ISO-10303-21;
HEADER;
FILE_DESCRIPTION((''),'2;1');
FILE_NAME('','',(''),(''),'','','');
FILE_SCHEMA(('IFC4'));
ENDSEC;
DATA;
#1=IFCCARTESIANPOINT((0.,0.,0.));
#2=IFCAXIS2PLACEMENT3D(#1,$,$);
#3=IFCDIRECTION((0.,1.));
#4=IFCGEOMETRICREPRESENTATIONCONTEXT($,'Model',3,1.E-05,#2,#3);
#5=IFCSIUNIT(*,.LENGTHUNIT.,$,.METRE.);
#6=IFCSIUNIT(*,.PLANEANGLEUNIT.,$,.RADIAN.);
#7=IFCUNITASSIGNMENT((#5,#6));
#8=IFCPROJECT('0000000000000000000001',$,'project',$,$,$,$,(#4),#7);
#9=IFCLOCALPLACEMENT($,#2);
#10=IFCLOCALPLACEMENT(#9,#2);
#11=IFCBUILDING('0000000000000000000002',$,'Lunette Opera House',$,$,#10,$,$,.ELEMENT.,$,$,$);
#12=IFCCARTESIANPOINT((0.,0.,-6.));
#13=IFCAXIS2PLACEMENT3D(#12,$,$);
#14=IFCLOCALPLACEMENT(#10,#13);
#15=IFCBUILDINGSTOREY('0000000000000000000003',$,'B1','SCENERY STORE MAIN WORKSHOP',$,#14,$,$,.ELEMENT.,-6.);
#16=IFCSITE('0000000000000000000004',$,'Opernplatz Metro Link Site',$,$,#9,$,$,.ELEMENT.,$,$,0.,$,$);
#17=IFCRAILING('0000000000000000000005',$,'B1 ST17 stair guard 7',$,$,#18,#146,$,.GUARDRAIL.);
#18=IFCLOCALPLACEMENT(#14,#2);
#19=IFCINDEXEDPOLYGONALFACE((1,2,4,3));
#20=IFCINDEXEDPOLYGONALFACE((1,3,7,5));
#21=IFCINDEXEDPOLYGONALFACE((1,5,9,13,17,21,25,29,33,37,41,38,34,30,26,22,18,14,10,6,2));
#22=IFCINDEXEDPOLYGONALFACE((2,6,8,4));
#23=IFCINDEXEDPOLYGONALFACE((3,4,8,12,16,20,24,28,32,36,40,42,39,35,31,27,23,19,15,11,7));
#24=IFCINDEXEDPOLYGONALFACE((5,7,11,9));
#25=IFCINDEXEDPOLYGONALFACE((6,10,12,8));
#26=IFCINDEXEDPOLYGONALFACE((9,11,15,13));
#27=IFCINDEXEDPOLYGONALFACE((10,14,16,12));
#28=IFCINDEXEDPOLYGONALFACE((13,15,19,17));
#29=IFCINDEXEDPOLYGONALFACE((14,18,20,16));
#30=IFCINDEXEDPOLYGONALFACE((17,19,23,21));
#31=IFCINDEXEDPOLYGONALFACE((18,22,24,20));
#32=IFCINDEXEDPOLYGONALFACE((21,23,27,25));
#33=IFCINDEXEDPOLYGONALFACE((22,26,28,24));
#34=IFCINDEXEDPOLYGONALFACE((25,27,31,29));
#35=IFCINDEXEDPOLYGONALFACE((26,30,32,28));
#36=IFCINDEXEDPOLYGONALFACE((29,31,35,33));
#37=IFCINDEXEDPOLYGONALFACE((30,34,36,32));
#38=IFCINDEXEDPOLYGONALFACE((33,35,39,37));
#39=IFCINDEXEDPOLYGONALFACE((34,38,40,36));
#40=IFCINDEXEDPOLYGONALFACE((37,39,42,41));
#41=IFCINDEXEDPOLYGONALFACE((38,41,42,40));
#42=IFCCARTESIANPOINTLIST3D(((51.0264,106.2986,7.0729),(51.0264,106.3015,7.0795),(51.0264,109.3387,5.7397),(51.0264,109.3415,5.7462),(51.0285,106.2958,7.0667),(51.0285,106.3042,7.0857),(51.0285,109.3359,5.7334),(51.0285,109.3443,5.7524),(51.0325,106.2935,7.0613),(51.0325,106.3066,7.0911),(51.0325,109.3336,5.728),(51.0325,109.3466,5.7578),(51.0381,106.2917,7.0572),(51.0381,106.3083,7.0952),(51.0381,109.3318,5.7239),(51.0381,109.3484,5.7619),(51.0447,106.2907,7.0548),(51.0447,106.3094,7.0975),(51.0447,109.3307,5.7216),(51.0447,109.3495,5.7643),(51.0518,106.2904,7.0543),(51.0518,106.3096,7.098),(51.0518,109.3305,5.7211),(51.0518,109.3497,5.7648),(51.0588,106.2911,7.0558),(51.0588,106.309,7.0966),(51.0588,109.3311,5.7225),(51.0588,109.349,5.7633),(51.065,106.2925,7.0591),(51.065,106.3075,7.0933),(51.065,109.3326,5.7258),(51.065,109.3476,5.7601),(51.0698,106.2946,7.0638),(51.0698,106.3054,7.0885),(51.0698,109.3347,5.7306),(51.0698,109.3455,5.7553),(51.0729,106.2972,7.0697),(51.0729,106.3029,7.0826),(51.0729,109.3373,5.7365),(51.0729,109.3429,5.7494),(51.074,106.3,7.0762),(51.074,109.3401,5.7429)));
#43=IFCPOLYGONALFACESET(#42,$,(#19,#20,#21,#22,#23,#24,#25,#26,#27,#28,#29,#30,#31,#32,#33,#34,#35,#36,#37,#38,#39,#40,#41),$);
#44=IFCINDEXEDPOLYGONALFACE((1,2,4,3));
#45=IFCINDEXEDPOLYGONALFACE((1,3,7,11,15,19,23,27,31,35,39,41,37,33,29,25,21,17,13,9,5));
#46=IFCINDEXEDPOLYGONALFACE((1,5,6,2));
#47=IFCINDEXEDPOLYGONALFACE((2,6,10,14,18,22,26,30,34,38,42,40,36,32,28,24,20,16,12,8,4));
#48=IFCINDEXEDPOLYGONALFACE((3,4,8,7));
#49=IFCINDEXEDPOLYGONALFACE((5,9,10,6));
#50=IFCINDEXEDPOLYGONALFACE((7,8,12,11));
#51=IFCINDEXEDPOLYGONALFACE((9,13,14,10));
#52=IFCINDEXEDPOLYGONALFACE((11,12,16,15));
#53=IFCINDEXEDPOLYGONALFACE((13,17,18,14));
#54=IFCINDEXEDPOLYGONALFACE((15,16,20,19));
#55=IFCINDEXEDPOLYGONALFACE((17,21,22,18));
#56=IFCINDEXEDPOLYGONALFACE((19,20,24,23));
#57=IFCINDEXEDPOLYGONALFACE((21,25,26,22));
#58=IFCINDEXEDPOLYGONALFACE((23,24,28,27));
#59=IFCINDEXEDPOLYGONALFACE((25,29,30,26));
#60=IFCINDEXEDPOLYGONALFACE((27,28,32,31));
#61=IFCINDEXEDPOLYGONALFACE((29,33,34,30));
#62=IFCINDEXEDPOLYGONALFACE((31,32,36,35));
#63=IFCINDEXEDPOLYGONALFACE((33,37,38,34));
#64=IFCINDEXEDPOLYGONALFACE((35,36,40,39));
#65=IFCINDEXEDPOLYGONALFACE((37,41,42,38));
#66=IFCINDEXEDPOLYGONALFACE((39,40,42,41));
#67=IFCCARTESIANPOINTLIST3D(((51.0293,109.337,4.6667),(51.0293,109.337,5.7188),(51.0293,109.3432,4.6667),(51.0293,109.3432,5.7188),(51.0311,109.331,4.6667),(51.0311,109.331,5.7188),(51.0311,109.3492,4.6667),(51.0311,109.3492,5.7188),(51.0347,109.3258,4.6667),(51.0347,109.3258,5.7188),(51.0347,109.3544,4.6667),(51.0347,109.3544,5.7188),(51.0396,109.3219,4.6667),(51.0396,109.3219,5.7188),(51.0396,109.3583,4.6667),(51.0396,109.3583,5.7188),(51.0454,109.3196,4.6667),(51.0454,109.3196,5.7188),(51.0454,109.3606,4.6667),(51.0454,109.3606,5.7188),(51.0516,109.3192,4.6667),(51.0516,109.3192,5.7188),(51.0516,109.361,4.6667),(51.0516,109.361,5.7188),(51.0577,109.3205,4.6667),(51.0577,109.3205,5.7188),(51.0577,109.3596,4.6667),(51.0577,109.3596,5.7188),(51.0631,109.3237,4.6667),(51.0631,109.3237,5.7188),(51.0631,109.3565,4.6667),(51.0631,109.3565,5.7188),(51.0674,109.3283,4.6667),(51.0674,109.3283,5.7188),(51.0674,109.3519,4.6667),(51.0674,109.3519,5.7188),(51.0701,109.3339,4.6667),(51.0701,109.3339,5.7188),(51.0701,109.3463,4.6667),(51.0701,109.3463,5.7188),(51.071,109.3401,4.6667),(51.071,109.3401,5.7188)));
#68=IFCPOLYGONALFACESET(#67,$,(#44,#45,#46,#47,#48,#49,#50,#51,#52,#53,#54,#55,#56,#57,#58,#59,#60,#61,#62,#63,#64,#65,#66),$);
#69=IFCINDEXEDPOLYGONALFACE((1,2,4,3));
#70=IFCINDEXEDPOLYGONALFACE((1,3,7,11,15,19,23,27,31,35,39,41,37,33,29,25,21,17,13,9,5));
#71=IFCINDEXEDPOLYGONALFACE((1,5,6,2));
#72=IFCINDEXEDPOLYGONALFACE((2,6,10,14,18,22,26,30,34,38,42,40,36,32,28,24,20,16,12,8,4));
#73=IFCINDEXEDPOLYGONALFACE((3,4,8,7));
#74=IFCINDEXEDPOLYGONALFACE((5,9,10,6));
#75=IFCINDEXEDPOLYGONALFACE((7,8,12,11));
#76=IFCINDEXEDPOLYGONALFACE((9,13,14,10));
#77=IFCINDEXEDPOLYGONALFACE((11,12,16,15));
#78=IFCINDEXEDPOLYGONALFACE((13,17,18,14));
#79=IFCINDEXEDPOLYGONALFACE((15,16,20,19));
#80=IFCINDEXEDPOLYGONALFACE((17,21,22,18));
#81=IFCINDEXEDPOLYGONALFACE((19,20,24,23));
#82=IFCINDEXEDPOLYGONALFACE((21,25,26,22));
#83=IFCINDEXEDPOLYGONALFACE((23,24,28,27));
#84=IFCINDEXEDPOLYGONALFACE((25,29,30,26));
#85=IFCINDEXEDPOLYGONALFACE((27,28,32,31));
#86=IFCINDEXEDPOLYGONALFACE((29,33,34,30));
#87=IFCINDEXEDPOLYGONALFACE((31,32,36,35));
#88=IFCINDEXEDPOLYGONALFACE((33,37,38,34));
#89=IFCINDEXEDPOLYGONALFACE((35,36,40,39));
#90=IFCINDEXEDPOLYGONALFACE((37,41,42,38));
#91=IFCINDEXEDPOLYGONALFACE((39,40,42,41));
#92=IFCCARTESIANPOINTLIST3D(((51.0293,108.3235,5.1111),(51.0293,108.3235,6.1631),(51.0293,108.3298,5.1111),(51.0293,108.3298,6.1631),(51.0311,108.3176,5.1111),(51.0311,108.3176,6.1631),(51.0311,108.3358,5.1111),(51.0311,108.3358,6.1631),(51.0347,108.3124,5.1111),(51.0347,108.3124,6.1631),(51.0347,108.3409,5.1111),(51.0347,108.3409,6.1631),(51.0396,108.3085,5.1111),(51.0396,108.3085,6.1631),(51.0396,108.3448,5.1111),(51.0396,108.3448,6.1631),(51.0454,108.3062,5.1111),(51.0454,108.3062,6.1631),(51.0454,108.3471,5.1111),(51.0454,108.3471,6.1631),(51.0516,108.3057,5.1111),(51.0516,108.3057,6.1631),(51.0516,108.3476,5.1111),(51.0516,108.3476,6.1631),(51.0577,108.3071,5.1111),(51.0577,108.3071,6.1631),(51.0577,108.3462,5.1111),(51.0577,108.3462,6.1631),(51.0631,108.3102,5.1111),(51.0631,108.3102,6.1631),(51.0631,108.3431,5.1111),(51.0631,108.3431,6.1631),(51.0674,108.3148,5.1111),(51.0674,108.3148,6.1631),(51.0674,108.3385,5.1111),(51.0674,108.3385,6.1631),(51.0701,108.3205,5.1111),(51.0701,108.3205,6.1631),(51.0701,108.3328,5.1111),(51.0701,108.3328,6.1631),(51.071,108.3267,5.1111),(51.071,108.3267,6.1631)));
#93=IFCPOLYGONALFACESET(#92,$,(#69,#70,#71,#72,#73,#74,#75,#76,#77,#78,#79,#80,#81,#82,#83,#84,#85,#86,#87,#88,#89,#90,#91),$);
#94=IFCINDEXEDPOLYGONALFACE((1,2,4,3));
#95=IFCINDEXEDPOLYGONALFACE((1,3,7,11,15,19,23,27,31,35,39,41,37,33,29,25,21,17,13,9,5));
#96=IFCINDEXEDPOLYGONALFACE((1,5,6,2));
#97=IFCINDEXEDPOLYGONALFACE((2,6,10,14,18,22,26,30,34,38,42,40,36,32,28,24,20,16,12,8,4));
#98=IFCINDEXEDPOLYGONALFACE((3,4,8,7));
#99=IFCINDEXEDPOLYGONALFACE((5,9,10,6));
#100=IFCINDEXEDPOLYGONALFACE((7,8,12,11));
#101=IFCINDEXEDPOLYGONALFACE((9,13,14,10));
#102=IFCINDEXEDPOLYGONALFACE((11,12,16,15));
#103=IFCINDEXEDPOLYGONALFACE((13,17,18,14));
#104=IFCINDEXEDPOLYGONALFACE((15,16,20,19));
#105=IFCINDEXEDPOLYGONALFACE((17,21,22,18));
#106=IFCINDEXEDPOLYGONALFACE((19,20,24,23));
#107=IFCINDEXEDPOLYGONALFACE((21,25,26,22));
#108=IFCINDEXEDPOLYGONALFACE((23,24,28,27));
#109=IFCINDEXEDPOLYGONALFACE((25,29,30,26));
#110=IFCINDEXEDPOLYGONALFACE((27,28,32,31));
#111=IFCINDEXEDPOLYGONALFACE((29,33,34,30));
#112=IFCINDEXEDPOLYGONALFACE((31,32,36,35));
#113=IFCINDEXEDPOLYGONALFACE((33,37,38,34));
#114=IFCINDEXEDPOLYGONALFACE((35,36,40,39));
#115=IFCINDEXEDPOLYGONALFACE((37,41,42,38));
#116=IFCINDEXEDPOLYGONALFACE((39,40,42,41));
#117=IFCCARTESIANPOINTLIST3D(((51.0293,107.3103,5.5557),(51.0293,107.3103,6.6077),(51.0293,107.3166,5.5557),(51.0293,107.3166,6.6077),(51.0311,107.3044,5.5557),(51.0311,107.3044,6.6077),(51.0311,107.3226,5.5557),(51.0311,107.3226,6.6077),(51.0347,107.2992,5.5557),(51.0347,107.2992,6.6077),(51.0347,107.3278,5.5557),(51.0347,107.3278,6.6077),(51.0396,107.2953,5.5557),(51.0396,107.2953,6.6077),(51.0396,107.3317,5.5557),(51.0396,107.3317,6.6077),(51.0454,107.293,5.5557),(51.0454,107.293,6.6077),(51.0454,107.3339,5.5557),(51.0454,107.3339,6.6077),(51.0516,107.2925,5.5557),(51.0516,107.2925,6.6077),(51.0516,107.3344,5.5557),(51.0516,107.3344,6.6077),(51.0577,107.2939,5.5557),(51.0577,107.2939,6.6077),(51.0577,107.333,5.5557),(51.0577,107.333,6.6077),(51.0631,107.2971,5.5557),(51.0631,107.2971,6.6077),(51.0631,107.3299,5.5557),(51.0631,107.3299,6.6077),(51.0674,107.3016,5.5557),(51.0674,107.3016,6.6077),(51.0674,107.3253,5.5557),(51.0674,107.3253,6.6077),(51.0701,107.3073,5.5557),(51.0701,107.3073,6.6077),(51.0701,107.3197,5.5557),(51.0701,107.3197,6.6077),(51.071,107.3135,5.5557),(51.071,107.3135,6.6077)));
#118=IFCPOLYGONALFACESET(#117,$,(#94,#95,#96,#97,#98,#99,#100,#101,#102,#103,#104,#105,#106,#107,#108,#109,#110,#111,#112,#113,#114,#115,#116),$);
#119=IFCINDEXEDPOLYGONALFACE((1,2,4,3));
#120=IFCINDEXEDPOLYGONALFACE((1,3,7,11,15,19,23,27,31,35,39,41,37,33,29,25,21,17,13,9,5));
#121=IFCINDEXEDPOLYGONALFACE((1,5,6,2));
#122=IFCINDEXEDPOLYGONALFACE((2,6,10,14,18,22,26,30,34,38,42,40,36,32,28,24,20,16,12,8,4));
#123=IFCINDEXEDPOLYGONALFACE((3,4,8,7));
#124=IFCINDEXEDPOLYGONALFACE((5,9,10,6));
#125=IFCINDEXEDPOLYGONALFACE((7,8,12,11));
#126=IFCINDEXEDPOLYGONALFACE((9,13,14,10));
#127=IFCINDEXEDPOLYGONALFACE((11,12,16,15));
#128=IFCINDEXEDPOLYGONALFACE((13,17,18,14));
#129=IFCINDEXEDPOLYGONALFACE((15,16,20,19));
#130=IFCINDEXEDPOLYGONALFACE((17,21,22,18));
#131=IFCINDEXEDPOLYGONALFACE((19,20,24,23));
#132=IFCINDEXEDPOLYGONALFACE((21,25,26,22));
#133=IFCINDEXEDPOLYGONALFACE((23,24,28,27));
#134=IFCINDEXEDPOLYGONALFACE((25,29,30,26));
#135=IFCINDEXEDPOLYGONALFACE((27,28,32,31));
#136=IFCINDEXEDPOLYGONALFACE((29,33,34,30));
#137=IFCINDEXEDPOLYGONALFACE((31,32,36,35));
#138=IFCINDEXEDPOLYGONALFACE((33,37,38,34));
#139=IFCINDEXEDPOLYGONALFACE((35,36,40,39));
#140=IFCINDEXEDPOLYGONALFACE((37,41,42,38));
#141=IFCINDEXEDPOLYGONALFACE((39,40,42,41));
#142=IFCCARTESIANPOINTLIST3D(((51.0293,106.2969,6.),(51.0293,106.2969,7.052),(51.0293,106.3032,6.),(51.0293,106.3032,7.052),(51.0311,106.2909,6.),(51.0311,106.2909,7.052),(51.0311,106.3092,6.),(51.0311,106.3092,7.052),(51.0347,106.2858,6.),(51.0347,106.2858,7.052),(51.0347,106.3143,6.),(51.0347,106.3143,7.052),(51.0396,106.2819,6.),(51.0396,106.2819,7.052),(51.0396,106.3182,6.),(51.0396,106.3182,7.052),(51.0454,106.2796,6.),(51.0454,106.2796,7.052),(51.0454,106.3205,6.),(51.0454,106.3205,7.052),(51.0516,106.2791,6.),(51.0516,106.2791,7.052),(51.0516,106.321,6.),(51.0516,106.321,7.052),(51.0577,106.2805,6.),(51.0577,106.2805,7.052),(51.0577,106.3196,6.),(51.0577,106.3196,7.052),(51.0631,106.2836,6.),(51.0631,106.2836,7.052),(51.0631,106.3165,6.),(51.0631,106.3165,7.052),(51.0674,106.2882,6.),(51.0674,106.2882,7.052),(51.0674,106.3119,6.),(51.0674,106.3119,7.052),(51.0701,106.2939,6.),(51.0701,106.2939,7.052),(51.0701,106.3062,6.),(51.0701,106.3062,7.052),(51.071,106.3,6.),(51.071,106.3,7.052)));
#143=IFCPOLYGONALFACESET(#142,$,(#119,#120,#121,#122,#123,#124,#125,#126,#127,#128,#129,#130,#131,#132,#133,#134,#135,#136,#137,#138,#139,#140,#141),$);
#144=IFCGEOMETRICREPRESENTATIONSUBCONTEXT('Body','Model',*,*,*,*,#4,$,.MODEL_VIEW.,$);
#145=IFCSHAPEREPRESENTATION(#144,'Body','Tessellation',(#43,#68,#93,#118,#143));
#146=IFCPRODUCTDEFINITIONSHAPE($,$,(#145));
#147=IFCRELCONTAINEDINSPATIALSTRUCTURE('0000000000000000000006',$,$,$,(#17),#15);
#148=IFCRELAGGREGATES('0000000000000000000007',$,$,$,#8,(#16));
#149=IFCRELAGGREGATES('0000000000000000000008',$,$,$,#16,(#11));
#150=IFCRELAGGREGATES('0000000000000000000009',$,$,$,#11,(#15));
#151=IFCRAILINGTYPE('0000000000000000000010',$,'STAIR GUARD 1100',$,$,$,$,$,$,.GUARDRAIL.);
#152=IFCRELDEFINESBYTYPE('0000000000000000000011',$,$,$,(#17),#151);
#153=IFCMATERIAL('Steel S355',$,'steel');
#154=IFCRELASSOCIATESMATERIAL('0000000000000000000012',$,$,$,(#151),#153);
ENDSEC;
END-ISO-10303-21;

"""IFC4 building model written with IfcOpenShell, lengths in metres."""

from ifc_helpers import new_model, si_unit, direction, frame, origin, origin_2d, place, context, subcontext, project, spatial, circle, extrude, material, type_object, element, save


model = new_model("IFC4")

# Units and contexts
model_context = context("Model", 3, precision=1e-05, world=origin(), true_north=direction((0.0, 1.0)))
body_context = subcontext(model_context, "Body", "Model", "MODEL_VIEW")
ifc_project = project(units=[si_unit("LENGTHUNIT", "METRE"), si_unit("PLANEANGLEUNIT", "RADIAN")], contexts=[model_context])

# Site, building, storey
site_placement = place(None, origin())
site = spatial("IfcSite", under=ifc_project, at=site_placement, Name="Opernplatz Metro Link Site", CompositionType="ELEMENT", RefElevation=0.0)
building_placement = place(site_placement, origin())
building = spatial("IfcBuilding", under=site, at=building_placement, Name="Lunette Opera House", CompositionType="ELEMENT")
storey_placement = place(building_placement, frame((0.0, 0.0, -6.0)))
storey = spatial("IfcBuildingStorey", under=building, at=storey_placement, Name="B1", Description="SCENERY STORE MAIN WORKSHOP", CompositionType="ELEMENT", Elevation=-6.0)

# Railing
ifc_material_1 = material(Name="Steel S355", Category="steel")
railing_type_1 = type_object("IfcRailingType", Name="STAIR GUARD 1100", PredefinedType="GUARDRAIL", material=ifc_material_1)
railing_1_placement = place(storey_placement, frame((51.05, 109.3401, 4.6667)))
element("IfcRailing", 1, at=railing_1_placement, inside=storey, type_object=railing_type_1, Name="B1 ST17 stair guard 7", PredefinedType="GUARDRAIL", context=body_context, shape_type="SweptSolid", body=[
    extrude(circle(Radius=0.0239, at=origin_2d()), frame((0.0, 0.0, 1.0762), z_axis=(0.0, -0.915799, 0.401637), x_axis=(1.0, 0.0, 0.0)), (0.0, 0.0, 1.0), 3.3196),
    extrude(circle(Radius=0.021, at=origin_2d()), origin(), (0.0, 0.0, 1.0), 1.052),
    extrude(circle(Radius=0.021, at=origin_2d()), frame((0.0, -1.0134, 0.4443)), (0.0, 0.0, 1.0), 1.052),
    extrude(circle(Radius=0.021, at=origin_2d()), frame((0.0, -2.0266, 0.8889)), (0.0, 0.0, 1.0), 1.052),
    extrude(circle(Radius=0.021, at=origin_2d()), frame((0.0, -3.04, 1.3333)), (0.0, 0.0, 1.0), 1.052),
])

save(model, "model.ifc")
